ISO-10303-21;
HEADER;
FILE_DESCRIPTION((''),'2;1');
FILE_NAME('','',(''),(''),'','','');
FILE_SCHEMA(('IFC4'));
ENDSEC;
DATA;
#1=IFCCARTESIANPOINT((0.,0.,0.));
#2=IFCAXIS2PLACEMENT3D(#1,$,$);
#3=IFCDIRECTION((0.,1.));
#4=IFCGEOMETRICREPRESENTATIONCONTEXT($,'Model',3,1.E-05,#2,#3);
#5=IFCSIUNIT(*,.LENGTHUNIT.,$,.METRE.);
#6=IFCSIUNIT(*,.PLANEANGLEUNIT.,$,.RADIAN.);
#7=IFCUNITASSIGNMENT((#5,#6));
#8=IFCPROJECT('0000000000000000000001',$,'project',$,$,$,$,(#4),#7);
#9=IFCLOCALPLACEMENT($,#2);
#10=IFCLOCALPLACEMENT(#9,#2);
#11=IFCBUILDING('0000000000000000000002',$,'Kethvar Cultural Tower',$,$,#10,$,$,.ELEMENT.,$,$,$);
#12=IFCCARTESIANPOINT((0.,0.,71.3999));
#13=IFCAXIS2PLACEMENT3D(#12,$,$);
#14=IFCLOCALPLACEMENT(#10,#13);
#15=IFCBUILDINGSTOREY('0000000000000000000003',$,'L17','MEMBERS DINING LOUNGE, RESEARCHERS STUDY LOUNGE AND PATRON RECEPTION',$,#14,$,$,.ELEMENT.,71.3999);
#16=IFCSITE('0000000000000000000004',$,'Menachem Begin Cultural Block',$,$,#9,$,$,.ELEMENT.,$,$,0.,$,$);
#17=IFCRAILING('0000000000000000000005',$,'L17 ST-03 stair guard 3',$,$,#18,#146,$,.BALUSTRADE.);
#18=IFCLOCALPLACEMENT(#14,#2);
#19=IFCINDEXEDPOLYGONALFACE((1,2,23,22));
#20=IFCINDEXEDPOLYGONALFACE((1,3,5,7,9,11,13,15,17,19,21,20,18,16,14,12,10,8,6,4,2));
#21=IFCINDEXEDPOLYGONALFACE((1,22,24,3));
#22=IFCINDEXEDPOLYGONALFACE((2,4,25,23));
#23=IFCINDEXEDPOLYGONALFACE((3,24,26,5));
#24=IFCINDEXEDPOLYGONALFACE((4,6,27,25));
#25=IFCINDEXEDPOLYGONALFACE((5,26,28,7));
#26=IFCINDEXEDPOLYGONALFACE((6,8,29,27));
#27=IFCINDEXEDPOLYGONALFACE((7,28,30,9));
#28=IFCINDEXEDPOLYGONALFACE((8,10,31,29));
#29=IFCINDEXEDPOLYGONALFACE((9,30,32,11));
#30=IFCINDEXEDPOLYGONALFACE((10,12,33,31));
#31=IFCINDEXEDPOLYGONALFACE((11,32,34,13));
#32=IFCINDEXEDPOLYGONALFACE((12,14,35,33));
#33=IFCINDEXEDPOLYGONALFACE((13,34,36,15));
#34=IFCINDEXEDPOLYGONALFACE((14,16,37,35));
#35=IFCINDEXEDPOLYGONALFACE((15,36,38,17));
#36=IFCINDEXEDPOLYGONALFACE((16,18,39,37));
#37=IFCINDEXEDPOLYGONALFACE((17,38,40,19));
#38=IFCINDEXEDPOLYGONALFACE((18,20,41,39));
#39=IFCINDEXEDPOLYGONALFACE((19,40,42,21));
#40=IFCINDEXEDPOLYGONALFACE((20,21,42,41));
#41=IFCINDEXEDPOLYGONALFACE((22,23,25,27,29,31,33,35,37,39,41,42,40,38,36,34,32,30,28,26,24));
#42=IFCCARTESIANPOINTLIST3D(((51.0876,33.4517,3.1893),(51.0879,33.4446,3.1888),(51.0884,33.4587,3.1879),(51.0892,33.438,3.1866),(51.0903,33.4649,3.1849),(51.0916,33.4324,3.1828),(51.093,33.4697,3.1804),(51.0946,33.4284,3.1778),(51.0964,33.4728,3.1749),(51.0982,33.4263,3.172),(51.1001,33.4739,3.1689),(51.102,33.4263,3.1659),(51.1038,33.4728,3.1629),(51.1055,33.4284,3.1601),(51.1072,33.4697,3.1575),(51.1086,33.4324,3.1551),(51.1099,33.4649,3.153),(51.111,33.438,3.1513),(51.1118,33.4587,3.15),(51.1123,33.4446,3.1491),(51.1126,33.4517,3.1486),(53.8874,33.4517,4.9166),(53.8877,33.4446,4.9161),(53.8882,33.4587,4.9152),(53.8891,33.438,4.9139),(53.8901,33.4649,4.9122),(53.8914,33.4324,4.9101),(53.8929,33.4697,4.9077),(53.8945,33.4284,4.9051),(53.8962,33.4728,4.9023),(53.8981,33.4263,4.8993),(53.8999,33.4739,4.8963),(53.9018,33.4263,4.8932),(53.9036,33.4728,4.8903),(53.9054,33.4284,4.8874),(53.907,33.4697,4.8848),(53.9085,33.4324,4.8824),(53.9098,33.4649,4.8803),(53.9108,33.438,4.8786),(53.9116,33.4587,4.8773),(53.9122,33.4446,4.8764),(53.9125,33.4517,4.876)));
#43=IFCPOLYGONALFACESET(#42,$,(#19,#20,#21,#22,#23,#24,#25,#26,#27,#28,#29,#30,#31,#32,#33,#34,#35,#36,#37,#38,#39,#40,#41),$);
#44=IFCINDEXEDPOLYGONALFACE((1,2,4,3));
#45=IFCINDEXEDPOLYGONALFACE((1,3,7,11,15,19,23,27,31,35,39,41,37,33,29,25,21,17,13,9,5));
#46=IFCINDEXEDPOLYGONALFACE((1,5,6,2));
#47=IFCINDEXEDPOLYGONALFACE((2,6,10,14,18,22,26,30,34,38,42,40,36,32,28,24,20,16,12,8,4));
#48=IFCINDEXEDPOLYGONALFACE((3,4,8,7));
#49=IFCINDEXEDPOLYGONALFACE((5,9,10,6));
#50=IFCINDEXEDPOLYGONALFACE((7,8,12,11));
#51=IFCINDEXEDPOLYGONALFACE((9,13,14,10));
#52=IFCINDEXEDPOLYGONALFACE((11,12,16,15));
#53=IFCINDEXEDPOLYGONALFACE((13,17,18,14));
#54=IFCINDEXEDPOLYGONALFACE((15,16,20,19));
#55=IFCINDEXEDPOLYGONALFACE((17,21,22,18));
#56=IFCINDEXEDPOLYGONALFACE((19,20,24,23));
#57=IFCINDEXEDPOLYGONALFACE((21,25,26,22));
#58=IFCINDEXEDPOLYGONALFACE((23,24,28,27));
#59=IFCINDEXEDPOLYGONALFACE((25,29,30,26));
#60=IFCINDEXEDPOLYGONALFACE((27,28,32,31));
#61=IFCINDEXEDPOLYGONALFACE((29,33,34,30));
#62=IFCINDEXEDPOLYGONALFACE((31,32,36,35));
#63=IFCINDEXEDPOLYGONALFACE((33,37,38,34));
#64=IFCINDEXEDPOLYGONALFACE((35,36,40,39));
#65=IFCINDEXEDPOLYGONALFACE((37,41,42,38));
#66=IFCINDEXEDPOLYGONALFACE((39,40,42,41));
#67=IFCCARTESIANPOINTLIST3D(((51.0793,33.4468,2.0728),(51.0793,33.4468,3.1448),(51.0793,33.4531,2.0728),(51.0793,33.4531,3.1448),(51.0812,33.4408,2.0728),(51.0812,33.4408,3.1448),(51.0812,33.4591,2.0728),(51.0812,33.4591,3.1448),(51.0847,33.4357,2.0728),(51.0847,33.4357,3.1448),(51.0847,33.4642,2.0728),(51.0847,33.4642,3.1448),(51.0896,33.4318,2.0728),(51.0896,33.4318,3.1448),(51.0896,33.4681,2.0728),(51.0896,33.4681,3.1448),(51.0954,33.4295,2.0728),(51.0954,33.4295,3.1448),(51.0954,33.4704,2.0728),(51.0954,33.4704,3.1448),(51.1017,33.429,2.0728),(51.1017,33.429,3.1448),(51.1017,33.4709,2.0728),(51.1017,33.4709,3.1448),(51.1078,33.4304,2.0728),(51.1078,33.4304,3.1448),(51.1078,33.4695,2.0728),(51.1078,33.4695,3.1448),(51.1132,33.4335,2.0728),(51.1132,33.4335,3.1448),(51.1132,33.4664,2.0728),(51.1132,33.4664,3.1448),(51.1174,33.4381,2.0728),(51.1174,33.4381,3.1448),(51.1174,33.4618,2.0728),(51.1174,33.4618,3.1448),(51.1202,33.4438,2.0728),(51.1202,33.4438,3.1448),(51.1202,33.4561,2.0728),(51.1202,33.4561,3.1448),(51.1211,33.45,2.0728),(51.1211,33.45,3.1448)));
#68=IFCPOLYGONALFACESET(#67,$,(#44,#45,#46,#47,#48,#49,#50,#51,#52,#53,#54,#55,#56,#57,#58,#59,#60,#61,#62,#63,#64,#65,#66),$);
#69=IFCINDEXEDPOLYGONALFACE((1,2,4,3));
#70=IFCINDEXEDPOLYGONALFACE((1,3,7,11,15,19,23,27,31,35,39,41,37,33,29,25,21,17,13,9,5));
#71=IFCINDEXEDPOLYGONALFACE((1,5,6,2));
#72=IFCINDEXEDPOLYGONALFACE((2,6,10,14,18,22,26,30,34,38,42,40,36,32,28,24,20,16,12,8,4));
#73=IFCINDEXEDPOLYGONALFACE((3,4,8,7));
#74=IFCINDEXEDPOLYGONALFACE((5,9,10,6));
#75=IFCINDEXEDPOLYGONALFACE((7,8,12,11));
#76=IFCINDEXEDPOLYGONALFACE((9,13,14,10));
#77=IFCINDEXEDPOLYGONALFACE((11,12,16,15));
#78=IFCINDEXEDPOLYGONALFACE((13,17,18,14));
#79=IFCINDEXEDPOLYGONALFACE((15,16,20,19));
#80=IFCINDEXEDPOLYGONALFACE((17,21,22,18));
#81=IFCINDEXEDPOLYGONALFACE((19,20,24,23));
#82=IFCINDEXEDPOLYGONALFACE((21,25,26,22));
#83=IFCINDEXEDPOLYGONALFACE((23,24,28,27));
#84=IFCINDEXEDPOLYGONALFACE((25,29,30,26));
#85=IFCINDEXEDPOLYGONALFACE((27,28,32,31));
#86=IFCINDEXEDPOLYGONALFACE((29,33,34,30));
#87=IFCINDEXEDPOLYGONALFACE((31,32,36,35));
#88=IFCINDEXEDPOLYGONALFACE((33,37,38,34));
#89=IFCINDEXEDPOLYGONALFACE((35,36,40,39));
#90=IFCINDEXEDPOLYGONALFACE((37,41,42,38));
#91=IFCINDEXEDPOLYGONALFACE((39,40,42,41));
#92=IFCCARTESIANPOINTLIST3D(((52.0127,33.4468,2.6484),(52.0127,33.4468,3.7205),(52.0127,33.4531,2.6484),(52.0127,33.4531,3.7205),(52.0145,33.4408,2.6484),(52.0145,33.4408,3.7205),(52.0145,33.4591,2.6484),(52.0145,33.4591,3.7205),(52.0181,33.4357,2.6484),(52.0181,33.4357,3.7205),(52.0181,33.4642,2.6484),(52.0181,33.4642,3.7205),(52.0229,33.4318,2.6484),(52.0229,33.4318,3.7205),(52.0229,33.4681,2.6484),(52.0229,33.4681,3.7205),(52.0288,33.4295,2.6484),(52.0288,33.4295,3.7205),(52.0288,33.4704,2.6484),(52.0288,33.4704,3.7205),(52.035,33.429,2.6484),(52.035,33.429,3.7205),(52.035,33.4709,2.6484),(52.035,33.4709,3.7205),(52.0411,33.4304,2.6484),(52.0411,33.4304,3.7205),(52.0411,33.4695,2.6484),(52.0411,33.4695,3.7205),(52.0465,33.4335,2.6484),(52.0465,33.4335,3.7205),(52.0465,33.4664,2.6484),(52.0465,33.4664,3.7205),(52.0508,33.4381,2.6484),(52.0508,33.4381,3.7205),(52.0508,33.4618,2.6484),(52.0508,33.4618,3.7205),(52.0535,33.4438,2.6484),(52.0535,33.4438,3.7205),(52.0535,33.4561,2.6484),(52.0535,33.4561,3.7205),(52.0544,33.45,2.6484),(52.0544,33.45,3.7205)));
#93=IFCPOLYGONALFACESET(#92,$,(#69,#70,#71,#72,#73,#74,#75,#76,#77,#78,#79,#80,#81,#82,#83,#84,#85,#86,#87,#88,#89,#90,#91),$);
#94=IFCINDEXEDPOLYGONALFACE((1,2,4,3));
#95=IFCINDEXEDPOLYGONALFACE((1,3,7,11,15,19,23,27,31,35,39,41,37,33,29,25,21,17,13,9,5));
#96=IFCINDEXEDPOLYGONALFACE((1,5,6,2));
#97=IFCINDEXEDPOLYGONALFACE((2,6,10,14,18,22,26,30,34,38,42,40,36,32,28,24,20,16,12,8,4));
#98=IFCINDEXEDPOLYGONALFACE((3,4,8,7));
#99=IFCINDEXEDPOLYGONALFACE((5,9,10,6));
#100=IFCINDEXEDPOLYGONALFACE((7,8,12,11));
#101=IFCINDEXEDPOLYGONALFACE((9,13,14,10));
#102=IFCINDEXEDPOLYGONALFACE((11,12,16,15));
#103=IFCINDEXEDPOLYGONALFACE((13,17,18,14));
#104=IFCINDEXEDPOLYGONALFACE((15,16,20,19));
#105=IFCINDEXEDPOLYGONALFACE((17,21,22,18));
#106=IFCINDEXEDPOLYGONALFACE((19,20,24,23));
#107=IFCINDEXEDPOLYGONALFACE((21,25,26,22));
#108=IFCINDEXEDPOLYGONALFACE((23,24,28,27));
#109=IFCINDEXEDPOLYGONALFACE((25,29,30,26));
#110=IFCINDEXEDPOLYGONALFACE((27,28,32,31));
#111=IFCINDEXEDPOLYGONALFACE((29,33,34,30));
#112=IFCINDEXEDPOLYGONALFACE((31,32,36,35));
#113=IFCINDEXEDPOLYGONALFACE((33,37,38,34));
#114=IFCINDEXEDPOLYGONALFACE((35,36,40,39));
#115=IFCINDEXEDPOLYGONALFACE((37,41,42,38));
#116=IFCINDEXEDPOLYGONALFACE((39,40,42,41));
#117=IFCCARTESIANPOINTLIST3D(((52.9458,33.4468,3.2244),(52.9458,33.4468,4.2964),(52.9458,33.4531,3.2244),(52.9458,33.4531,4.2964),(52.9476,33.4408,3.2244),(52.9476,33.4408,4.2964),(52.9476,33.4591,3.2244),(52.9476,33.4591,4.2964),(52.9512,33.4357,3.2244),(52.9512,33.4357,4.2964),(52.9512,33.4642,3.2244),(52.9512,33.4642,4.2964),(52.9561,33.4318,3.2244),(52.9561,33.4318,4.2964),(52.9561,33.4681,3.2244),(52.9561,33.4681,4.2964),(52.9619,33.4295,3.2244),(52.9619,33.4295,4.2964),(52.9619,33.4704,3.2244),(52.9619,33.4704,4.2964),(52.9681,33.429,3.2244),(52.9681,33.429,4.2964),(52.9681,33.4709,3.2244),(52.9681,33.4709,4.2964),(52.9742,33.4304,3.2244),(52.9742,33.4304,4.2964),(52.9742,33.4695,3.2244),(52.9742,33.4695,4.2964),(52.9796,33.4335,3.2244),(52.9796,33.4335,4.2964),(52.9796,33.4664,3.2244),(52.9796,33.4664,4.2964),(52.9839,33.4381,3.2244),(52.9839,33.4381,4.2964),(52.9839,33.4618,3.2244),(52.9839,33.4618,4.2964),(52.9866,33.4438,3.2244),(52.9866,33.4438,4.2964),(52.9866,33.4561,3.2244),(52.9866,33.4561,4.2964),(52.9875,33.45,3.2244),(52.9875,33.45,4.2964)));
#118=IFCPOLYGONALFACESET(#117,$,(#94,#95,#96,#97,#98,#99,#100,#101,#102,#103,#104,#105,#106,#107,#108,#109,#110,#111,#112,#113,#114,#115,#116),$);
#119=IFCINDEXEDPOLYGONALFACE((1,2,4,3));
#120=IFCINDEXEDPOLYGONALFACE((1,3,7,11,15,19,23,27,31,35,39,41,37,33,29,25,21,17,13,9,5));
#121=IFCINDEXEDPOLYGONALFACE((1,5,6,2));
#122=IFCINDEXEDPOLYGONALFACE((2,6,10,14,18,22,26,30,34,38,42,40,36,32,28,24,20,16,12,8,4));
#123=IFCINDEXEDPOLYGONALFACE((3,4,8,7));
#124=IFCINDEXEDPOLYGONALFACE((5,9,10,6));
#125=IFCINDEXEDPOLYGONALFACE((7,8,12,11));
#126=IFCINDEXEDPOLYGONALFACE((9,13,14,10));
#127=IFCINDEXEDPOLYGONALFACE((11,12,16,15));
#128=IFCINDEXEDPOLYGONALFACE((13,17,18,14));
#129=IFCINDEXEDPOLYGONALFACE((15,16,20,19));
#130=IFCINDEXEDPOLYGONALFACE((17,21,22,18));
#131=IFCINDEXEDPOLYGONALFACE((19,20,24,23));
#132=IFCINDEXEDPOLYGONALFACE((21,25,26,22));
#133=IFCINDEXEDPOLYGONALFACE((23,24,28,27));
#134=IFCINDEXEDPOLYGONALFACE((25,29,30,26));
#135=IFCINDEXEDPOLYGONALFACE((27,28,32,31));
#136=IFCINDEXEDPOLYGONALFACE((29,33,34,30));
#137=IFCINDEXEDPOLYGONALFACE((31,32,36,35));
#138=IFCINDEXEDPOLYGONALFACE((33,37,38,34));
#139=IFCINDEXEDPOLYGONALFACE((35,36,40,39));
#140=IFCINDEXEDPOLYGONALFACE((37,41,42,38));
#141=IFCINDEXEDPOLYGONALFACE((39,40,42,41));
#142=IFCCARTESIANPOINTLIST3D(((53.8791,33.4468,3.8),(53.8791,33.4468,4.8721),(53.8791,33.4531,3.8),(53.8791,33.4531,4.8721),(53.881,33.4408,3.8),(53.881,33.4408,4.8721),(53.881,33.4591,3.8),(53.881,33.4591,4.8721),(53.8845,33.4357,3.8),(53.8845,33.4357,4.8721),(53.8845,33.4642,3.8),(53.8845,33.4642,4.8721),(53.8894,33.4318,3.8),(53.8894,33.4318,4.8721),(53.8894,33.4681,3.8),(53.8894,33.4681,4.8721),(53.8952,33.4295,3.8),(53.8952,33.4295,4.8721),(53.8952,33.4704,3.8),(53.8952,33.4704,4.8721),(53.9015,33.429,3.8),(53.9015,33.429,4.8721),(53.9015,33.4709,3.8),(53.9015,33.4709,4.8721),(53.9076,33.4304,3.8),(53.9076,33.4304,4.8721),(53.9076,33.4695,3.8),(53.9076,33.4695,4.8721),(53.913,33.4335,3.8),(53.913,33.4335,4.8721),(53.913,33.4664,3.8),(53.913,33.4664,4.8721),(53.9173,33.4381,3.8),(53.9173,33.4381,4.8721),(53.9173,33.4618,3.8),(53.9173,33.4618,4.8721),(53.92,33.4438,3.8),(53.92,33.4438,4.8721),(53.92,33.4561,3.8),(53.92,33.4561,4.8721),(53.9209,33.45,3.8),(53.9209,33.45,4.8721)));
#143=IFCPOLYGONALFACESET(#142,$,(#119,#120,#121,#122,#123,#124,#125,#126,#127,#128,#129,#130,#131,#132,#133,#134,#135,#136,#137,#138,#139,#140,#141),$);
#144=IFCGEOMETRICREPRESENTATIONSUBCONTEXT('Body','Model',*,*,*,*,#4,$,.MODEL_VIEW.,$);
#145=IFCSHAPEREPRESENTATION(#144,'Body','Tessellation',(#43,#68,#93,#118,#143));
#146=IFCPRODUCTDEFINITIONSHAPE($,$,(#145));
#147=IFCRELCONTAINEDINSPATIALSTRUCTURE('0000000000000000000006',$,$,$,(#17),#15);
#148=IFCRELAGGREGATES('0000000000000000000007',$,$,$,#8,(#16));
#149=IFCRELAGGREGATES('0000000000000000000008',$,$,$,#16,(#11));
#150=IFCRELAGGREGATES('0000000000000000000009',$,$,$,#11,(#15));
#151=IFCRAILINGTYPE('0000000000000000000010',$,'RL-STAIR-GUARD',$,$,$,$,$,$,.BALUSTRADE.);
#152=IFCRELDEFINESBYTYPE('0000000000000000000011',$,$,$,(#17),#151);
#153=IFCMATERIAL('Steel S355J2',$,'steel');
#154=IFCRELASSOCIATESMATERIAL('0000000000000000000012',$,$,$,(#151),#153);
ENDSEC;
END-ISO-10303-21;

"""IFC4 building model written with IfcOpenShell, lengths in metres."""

from ifc_helpers import new_model, si_unit, direction, frame, origin, origin_2d, place, context, subcontext, project, spatial, circle, extrude, material, type_object, element, save


model = new_model("IFC4")

# Units and contexts
model_context = context("Model", 3, precision=1e-05, world=origin(), true_north=direction((0.0, 1.0)))
body_context = subcontext(model_context, "Body", "Model", "MODEL_VIEW")
ifc_project = project(units=[si_unit("LENGTHUNIT", "METRE"), si_unit("PLANEANGLEUNIT", "RADIAN")], contexts=[model_context])

# Site, building, storey
site_placement = place(None, origin())
site = spatial("IfcSite", under=ifc_project, at=site_placement, Name="Menachem Begin Cultural Block", CompositionType="ELEMENT", RefElevation=0.0)
building_placement = place(site_placement, origin())
building = spatial("IfcBuilding", under=site, at=building_placement, Name="Kethvar Cultural Tower", CompositionType="ELEMENT")
storey_placement = place(building_placement, frame((0.0, 0.0, 71.3999)))
storey = spatial("IfcBuildingStorey", under=building, at=storey_placement, Name="L17", Description="MEMBERS DINING LOUNGE, RESEARCHERS STUDY LOUNGE AND PATRON RECEPTION", CompositionType="ELEMENT", Elevation=71.3999)

# Shared definitions
ifc_material_1 = material(Name="Steel S355J2", Category="steel")

# Railing
railing_type_1 = type_object("IfcRailingType", Name="RL-STAIR-GUARD", PredefinedType="BALUSTRADE", material=ifc_material_1)
railing_1_placement = place(storey_placement, frame((51.1001, 33.45, 2.0728)))
element("IfcRailing", 1, at=railing_1_placement, inside=storey, type_object=railing_type_1, Name="L17 ST-03 stair guard 3", PredefinedType="BALUSTRADE", context=body_context, shape_type="SweptSolid", body=[
    extrude(circle(Radius=0.0239, at=origin_2d()), frame((0.0, 0.0, 1.0962), z_axis=(0.851069, 0.0, 0.525054), x_axis=(0.0, 1.0, 0.0)), (0.0, 0.0, 1.0), 3.2898),
    extrude(circle(Radius=0.021, at=origin_2d()), origin(), (0.0, 0.0, 1.0), 1.072),
    extrude(circle(Radius=0.021, at=origin_2d()), frame((0.9333, 0.0, 0.5757)), (0.0, 0.0, 1.0), 1.072),
    extrude(circle(Radius=0.021, at=origin_2d()), frame((1.8665, 0.0, 1.1516)), (0.0, 0.0, 1.0), 1.072),
    extrude(circle(Radius=0.021, at=origin_2d()), frame((2.7998, 0.0, 1.7273)), (0.0, 0.0, 1.0), 1.072),
])

save(model, "model.ifc")
